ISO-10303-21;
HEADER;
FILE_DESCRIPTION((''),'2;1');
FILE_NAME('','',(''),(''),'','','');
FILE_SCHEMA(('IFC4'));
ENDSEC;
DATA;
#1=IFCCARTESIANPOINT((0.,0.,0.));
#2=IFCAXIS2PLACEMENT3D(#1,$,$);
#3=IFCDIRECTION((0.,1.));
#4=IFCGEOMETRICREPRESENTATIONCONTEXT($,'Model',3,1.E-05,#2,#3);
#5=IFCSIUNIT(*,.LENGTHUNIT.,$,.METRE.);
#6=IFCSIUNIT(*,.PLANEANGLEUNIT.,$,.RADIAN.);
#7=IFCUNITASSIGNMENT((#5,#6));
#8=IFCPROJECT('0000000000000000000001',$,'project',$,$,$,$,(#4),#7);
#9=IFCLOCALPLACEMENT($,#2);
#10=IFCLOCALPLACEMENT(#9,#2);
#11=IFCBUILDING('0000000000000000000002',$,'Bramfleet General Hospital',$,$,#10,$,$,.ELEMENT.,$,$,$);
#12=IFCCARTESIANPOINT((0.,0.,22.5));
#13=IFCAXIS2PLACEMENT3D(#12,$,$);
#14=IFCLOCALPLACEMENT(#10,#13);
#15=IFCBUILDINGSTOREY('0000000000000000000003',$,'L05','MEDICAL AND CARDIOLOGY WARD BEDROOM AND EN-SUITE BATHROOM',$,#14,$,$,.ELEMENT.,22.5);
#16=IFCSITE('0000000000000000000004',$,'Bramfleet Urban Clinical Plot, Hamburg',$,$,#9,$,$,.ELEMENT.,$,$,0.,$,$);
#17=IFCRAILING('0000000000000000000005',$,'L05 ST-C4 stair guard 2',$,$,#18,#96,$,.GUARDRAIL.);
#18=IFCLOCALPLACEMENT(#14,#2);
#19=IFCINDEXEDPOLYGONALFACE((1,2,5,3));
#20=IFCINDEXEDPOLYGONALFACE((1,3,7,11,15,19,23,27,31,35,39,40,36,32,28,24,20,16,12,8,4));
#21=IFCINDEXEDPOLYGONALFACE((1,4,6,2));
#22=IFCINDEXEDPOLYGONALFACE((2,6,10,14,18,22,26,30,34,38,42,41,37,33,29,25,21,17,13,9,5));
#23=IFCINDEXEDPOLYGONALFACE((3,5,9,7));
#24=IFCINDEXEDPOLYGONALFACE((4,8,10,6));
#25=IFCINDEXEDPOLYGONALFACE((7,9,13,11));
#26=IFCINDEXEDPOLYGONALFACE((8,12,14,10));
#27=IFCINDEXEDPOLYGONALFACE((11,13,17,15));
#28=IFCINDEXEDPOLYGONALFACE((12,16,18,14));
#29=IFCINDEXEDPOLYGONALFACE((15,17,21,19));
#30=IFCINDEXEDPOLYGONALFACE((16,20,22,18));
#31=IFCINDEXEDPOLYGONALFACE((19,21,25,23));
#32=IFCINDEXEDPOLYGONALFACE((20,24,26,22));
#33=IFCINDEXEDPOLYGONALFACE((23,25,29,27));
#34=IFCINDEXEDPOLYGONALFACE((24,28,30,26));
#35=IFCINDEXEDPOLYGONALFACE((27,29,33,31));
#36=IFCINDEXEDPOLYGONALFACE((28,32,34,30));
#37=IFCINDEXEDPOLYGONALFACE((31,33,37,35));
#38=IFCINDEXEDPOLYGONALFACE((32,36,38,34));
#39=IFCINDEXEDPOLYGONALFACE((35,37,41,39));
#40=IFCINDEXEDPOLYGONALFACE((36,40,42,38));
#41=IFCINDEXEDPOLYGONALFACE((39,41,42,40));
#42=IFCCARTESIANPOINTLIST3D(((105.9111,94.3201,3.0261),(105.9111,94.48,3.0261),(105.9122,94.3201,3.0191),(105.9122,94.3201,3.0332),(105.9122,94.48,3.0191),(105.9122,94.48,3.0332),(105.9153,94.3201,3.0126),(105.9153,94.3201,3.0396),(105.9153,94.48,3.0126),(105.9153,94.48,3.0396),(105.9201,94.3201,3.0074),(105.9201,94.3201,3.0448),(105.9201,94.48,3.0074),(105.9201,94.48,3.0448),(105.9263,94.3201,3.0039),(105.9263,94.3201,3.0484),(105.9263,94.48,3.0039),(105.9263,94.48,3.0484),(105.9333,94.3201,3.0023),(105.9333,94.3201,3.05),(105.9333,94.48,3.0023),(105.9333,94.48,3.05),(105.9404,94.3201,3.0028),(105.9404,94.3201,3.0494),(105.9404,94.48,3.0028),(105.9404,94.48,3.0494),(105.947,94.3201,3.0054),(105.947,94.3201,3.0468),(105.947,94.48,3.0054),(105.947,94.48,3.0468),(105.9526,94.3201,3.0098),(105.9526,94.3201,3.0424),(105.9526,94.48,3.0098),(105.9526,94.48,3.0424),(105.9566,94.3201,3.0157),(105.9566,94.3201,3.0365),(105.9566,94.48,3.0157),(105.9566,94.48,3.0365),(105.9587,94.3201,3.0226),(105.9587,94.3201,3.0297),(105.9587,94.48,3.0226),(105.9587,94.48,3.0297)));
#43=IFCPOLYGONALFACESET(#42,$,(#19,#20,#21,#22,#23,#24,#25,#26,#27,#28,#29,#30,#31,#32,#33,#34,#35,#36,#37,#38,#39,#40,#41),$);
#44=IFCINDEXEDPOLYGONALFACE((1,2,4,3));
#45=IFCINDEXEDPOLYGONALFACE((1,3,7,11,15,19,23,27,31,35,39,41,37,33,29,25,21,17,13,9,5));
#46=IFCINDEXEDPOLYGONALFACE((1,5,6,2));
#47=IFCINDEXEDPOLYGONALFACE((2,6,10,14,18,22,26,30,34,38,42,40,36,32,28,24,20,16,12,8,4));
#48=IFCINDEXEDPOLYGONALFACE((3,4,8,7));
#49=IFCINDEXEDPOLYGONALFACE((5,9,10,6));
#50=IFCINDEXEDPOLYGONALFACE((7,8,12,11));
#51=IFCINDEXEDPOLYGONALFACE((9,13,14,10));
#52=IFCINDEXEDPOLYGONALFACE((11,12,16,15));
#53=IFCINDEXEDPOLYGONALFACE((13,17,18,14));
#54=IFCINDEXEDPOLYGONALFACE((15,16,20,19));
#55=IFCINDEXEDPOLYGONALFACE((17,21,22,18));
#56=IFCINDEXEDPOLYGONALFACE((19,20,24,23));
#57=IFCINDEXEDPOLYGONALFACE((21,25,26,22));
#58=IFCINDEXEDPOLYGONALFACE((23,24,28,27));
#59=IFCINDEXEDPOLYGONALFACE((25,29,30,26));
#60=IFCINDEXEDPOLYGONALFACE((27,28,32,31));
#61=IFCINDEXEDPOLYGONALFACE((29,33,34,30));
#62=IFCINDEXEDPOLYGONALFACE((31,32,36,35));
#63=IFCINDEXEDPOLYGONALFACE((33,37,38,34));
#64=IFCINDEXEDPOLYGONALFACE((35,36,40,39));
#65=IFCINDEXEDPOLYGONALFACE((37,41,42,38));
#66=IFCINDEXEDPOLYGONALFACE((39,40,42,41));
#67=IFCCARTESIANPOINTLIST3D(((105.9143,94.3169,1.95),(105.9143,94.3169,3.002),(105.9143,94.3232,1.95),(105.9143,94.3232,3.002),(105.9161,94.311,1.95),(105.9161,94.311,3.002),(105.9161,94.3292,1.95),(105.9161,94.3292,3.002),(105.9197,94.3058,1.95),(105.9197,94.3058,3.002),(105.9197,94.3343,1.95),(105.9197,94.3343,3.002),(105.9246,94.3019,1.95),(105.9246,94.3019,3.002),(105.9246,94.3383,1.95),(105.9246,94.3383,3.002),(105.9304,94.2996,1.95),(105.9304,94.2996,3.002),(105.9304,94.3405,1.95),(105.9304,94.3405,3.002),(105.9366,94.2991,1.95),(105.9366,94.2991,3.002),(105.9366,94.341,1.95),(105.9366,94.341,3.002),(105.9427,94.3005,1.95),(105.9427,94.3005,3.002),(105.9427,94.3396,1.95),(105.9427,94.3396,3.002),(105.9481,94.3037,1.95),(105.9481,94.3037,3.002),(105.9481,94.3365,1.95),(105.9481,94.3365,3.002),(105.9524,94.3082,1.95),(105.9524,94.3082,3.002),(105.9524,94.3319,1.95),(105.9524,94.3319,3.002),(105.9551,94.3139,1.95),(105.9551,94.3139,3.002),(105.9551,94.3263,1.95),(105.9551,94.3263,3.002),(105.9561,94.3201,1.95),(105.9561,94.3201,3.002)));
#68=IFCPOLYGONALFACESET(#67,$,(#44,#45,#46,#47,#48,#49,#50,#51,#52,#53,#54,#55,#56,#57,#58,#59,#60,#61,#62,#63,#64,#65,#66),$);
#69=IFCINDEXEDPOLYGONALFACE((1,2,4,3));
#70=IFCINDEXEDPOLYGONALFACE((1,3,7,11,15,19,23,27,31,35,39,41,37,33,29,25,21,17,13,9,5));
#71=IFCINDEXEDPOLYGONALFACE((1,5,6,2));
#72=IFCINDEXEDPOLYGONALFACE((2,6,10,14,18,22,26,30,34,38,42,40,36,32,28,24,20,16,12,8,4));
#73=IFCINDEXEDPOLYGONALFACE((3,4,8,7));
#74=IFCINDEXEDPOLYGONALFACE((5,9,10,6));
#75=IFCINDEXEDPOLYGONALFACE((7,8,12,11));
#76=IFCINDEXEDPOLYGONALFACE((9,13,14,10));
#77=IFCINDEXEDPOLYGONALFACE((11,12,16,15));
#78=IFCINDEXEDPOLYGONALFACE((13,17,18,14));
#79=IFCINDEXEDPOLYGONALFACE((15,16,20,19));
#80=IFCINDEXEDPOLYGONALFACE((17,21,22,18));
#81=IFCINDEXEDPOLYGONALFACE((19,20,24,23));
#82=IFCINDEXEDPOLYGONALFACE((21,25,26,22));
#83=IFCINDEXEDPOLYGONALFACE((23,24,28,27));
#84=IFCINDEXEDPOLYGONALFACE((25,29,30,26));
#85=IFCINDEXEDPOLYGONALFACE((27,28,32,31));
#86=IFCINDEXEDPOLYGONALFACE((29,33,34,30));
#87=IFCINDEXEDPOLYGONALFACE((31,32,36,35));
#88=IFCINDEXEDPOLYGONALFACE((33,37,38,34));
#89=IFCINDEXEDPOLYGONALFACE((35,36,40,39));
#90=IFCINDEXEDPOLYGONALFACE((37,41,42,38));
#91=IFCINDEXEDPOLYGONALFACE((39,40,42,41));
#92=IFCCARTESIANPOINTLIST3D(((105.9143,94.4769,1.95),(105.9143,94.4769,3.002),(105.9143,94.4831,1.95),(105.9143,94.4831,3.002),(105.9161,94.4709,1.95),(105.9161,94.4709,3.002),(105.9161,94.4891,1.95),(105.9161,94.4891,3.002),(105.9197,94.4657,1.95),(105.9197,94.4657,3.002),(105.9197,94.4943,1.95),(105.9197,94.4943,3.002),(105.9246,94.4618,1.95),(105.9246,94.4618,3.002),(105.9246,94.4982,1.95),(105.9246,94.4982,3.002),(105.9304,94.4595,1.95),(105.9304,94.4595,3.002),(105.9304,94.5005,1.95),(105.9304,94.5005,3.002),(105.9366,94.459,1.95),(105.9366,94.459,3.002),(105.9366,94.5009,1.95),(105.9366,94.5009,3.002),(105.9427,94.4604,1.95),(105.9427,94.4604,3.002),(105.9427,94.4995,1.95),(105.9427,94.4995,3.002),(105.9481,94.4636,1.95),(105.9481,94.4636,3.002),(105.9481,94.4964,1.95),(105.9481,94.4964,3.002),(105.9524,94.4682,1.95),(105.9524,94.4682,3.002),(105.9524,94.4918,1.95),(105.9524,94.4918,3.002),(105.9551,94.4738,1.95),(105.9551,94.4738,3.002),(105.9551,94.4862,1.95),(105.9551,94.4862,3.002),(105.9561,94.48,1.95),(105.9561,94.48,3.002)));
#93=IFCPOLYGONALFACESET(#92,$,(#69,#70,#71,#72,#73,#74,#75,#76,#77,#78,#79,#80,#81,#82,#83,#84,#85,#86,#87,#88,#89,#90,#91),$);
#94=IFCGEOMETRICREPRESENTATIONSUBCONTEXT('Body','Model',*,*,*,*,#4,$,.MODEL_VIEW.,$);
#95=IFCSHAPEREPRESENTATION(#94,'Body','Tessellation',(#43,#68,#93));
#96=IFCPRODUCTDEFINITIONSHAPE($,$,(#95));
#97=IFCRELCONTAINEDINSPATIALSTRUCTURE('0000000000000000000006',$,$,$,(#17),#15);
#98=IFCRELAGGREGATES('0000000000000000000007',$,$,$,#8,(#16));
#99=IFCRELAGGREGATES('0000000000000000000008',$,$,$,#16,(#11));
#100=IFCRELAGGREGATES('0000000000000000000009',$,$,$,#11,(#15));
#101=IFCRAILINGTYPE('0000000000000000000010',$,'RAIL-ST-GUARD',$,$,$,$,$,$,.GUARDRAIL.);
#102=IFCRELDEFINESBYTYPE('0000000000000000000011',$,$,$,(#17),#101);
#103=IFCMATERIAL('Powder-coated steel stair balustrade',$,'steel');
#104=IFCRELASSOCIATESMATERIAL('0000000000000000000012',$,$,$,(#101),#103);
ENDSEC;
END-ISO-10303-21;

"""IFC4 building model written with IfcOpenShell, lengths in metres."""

from ifc_helpers import new_model, si_unit, direction, frame, origin, origin_2d, place, context, subcontext, project, spatial, circle, extrude, material, type_object, element, save


model = new_model("IFC4")

# Units and contexts
model_context = context("Model", 3, precision=1e-05, world=origin(), true_north=direction((0.0, 1.0)))
body_context = subcontext(model_context, "Body", "Model", "MODEL_VIEW")
ifc_project = project(units=[si_unit("LENGTHUNIT", "METRE"), si_unit("PLANEANGLEUNIT", "RADIAN")], contexts=[model_context])

# Site, building, storey
site_placement = place(None, origin())
site = spatial("IfcSite", under=ifc_project, at=site_placement, Name="Bramfleet Urban Clinical Plot, Hamburg", CompositionType="ELEMENT", RefElevation=0.0)
building_placement = place(site_placement, origin())
building = spatial("IfcBuilding", under=site, at=building_placement, Name="Bramfleet General Hospital", CompositionType="ELEMENT")
storey_placement = place(building_placement, frame((0.0, 0.0, 22.5)))
storey = spatial("IfcBuildingStorey", under=building, at=storey_placement, Name="L05", Description="MEDICAL AND CARDIOLOGY WARD BEDROOM AND EN-SUITE BATHROOM", CompositionType="ELEMENT", Elevation=22.5)

# Railing
ifc_material_1 = material(Name="Powder-coated steel stair balustrade", Category="steel")
railing_type_1 = type_object("IfcRailingType", Name="RAIL-ST-GUARD", PredefinedType="GUARDRAIL", material=ifc_material_1)
railing_1_placement = place(storey_placement, frame((105.9351, 94.3201, 1.95)))
element("IfcRailing", 1, at=railing_1_placement, inside=storey, type_object=railing_type_1, Name="L05 ST-C4 stair guard 2", PredefinedType="GUARDRAIL", context=body_context, shape_type="SweptSolid", body=[
    extrude(circle(Radius=0.0239, at=origin_2d()), frame((0.0, 0.0, 1.0762), z_axis=(0.0, 1.0, 0.0), x_axis=(-1.0, 0.0, 0.0)), (0.0, 0.0, 1.0), 0.1599),
    extrude(circle(Radius=0.021, at=origin_2d()), origin(), (0.0, 0.0, 1.0), 1.052),
    extrude(circle(Radius=0.021, at=origin_2d()), frame((0.0, 0.1599, 0.0)), (0.0, 0.0, 1.0), 1.052),
])

save(model, "model.ifc")
